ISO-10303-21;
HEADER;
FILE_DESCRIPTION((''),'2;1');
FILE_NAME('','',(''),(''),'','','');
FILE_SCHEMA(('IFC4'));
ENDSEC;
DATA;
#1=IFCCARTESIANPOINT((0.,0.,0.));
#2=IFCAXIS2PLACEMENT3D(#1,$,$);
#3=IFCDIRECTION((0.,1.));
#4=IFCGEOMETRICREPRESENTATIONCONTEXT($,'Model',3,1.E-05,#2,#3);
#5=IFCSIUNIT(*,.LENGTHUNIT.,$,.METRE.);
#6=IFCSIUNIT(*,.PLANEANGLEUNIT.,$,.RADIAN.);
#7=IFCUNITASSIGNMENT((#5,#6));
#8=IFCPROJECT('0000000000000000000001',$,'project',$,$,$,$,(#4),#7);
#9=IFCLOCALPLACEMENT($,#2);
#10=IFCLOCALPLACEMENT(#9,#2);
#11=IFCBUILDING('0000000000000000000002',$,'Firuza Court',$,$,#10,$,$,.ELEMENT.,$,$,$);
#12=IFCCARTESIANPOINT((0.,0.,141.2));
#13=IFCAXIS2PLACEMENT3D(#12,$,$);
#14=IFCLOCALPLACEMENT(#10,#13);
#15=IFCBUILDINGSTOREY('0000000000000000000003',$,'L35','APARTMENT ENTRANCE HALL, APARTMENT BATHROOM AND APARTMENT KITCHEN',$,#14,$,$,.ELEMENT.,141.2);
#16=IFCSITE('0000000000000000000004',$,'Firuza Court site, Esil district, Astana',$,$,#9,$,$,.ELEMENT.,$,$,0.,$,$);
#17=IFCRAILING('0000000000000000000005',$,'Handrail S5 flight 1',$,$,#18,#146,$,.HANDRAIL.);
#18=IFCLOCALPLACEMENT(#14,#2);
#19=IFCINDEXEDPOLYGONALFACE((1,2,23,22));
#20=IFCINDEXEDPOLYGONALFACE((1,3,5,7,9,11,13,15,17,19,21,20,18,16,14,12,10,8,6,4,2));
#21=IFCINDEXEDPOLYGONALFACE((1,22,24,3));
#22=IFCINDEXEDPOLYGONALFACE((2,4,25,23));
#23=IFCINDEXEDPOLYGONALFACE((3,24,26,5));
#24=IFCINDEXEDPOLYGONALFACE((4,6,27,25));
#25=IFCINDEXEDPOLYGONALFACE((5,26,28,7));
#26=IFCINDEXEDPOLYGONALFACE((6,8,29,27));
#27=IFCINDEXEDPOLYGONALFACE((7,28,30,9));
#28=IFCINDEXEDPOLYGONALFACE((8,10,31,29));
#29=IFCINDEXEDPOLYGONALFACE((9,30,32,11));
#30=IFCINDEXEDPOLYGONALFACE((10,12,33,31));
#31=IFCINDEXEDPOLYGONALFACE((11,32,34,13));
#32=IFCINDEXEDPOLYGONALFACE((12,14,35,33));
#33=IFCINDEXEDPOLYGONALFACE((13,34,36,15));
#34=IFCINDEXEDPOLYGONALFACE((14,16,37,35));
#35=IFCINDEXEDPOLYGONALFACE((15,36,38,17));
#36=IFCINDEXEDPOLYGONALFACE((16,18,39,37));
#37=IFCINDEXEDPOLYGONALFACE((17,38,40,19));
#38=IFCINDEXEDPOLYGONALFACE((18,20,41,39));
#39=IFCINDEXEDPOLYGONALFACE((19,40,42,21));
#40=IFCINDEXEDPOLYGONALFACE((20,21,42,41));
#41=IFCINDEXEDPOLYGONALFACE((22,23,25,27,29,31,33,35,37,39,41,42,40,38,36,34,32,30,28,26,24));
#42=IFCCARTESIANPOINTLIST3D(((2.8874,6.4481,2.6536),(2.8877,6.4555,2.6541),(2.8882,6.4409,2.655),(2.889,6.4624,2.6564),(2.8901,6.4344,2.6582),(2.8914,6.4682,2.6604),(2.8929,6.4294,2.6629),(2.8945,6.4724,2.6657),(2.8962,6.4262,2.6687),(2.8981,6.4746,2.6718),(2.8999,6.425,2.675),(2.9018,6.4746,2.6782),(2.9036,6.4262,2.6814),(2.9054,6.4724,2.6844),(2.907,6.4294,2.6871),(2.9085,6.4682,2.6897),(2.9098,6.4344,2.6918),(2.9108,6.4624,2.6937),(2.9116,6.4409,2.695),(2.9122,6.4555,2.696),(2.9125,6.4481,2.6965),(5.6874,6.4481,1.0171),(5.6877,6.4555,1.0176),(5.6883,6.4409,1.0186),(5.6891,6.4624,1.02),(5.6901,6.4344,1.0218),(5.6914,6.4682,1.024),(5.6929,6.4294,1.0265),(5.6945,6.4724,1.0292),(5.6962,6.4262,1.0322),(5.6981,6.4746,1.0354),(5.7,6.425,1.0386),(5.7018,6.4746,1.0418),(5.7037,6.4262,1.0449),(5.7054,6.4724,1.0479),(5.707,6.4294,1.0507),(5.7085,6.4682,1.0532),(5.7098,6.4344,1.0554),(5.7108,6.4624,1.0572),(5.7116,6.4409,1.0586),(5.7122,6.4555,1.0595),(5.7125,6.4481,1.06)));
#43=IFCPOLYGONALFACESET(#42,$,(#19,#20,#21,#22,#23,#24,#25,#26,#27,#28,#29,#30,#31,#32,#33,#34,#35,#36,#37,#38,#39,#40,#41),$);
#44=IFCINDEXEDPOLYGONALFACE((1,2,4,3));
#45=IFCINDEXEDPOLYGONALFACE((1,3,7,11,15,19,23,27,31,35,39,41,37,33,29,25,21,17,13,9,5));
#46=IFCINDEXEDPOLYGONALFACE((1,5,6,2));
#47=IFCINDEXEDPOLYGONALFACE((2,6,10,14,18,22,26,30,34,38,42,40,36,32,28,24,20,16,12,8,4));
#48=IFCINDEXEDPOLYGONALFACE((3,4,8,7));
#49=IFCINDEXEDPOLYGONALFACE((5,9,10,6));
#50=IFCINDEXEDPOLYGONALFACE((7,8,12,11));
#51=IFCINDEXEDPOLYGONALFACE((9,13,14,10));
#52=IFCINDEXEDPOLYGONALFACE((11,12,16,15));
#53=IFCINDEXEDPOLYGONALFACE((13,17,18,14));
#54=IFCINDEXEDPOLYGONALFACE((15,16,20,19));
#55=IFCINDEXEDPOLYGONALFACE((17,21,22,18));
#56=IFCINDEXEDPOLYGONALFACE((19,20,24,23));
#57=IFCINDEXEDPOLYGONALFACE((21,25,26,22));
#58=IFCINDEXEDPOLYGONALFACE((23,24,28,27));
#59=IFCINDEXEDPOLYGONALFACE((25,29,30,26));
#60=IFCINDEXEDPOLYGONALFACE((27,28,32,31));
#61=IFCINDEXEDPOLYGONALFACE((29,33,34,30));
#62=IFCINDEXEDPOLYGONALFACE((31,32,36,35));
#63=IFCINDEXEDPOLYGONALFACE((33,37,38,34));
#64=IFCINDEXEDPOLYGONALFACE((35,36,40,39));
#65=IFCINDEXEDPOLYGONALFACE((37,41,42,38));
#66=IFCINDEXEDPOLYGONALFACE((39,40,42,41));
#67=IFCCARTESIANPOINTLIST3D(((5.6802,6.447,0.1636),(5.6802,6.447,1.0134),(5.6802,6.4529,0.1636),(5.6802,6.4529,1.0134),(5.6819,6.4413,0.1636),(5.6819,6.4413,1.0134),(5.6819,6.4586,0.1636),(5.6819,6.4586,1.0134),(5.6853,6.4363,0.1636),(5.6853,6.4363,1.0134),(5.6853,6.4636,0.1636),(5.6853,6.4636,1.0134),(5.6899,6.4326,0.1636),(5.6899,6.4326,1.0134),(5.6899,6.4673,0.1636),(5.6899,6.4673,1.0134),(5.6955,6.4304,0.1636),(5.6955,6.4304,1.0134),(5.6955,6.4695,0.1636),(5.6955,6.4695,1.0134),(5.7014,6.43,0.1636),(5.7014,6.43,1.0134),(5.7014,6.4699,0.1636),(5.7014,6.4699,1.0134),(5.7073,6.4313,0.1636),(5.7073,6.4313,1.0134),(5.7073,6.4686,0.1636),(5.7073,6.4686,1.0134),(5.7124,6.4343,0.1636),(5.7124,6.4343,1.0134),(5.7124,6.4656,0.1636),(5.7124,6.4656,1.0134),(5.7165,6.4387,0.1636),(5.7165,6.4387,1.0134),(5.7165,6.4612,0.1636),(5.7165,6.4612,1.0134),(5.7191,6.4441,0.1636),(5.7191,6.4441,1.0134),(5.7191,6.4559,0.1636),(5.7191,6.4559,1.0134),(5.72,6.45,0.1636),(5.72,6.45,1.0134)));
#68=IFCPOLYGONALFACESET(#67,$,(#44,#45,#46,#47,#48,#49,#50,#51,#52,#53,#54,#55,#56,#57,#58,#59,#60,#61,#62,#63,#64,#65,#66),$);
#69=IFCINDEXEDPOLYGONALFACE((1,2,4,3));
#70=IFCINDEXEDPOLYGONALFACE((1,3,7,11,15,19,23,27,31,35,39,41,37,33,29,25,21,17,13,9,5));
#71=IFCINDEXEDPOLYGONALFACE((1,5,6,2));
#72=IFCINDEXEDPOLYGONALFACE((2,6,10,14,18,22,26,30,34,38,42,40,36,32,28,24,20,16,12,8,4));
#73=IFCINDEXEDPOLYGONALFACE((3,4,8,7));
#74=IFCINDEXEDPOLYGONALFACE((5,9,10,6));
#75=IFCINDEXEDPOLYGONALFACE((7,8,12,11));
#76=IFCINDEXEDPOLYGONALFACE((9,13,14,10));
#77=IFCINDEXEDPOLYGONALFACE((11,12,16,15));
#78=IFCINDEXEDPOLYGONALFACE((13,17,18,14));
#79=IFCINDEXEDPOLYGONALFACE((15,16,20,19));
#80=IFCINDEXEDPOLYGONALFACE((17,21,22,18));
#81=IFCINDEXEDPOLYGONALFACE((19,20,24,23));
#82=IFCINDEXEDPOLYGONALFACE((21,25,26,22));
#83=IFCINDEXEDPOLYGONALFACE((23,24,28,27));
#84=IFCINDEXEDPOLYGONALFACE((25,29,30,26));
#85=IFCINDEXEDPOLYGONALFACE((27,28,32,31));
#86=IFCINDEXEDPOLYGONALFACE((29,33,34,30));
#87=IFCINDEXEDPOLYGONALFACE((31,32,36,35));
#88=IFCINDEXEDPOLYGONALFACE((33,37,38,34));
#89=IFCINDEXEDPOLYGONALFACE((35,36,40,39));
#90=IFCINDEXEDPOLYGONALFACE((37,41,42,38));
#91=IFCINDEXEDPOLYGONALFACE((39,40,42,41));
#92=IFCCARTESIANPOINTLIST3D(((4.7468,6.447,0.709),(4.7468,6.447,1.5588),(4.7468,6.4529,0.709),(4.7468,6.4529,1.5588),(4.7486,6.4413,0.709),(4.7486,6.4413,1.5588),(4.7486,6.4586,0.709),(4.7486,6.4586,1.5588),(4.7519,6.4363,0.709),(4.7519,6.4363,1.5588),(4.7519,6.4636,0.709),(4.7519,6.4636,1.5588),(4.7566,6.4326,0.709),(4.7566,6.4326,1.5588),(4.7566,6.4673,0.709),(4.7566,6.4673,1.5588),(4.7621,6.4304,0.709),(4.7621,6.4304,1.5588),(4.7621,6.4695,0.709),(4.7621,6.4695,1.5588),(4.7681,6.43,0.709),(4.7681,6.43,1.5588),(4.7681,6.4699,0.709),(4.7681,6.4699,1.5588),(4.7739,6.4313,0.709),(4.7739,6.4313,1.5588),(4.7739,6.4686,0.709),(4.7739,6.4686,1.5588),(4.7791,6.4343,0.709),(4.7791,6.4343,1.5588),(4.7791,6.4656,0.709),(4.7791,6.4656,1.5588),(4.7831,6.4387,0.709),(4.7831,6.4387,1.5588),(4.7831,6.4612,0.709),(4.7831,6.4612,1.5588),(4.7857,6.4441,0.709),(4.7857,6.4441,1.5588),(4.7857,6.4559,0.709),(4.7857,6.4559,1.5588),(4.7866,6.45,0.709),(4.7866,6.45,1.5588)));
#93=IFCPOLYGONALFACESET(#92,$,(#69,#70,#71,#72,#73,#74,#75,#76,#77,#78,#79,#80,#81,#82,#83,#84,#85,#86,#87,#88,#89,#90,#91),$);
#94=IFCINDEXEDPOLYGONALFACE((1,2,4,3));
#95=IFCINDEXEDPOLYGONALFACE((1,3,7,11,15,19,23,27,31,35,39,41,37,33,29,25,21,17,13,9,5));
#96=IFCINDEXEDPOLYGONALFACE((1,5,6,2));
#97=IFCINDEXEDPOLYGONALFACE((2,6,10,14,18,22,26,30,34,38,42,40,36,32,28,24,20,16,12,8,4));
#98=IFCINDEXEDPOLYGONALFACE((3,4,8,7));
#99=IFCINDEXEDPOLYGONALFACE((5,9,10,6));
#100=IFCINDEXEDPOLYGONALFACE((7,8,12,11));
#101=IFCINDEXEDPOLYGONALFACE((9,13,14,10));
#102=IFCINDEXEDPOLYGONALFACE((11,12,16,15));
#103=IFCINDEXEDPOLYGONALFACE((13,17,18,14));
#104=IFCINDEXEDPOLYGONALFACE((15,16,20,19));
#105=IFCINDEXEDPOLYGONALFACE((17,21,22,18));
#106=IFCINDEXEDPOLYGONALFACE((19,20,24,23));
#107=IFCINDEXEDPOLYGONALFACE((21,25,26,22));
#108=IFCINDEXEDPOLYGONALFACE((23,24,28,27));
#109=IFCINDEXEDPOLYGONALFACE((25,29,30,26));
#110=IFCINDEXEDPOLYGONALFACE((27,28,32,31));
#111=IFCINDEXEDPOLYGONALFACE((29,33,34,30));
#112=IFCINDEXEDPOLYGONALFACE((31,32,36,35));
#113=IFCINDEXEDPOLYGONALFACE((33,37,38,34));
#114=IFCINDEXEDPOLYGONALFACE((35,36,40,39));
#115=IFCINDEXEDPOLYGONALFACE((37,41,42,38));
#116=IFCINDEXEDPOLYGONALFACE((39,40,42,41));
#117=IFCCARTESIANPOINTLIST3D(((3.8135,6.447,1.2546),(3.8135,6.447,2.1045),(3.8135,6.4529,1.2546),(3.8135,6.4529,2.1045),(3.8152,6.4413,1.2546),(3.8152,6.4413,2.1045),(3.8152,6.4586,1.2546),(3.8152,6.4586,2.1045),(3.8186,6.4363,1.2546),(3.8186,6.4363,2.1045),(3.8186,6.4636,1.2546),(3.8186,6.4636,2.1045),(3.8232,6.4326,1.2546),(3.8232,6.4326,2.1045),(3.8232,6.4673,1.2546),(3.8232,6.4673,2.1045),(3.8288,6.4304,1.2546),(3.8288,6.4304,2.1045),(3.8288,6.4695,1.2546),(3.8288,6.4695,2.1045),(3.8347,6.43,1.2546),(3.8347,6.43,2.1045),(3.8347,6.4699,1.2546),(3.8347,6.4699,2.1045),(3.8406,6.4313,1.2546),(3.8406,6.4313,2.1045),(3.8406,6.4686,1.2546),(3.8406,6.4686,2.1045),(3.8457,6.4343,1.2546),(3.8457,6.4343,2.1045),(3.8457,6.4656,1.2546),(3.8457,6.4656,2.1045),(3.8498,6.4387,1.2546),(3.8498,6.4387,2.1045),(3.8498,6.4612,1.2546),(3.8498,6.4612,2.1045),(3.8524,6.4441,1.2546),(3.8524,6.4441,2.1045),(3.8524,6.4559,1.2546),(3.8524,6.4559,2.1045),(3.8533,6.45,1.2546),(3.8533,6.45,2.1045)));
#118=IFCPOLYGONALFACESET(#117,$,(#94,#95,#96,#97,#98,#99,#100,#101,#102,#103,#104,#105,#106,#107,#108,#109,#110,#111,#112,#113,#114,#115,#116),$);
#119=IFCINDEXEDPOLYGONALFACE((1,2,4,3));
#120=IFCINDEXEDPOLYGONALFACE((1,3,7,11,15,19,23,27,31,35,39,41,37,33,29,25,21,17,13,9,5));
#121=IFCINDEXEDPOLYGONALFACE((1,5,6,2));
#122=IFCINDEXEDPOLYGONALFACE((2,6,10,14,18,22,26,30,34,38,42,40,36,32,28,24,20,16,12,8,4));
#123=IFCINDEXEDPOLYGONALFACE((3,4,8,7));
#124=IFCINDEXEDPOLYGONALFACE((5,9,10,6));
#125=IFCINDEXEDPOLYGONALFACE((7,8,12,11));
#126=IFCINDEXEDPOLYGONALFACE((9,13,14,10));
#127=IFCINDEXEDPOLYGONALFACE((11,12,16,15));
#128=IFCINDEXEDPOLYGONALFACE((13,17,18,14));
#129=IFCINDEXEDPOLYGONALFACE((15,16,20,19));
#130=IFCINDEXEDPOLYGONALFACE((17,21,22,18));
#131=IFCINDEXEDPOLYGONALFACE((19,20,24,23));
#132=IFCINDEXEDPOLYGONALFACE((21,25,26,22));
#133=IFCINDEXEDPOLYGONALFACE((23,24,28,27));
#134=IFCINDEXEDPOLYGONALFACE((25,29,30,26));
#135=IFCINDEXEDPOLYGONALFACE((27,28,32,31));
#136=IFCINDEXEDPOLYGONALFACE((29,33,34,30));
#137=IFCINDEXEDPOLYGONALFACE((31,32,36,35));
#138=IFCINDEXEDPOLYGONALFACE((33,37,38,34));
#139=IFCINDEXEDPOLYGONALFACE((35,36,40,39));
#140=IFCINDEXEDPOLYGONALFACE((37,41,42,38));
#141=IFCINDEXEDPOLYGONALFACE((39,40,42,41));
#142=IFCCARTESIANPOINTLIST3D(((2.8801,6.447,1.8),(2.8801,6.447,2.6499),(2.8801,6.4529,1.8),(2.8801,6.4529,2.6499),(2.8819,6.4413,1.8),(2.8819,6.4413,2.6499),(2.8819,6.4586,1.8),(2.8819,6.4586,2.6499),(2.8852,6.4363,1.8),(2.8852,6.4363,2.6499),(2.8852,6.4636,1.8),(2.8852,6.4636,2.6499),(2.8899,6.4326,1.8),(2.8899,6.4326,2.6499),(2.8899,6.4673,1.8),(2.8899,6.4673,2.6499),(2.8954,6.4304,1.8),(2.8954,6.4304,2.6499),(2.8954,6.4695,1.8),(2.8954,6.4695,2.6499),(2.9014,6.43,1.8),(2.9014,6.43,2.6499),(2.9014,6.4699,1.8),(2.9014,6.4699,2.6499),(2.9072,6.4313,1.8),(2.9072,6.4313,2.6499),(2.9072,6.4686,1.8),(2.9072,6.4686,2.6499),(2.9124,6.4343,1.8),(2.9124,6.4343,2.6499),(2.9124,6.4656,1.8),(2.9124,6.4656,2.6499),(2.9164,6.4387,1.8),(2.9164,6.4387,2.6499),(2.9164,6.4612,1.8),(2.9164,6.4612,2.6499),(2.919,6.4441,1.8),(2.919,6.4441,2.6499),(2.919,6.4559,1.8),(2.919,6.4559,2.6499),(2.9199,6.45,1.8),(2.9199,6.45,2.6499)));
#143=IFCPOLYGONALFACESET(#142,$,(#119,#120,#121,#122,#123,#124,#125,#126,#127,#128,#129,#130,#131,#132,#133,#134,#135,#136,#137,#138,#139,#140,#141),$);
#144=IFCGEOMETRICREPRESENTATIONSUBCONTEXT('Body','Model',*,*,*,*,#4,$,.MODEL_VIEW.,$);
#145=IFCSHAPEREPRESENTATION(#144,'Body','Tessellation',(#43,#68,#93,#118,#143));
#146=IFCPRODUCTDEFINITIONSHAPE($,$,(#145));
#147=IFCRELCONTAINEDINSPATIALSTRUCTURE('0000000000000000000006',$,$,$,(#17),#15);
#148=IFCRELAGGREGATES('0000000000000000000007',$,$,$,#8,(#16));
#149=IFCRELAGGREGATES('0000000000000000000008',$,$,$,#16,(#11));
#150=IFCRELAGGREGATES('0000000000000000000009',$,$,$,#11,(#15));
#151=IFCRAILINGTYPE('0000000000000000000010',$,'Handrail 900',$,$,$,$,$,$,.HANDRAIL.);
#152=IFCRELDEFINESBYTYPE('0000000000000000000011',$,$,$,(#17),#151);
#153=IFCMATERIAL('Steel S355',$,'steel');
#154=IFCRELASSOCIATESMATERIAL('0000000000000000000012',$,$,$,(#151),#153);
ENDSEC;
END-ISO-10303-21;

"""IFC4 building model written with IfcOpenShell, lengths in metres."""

from ifc_helpers import new_model, si_unit, direction, frame, origin, origin_2d, place, context, subcontext, project, spatial, circle, extrude, material, type_object, element, save


model = new_model("IFC4")

# Units and contexts
model_context = context("Model", 3, precision=1e-05, world=origin(), true_north=direction((0.0, 1.0)))
body_context = subcontext(model_context, "Body", "Model", "MODEL_VIEW")
ifc_project = project(units=[si_unit("LENGTHUNIT", "METRE"), si_unit("PLANEANGLEUNIT", "RADIAN")], contexts=[model_context])

# Site, building, storey
site_placement = place(None, origin())
site = spatial("IfcSite", under=ifc_project, at=site_placement, Name="Firuza Court site, Esil district, Astana", CompositionType="ELEMENT", RefElevation=0.0)
building_placement = place(site_placement, origin())
building = spatial("IfcBuilding", under=site, at=building_placement, Name="Firuza Court", CompositionType="ELEMENT")
storey_placement = place(building_placement, frame((0.0, 0.0, 141.2)))
storey = spatial("IfcBuildingStorey", under=building, at=storey_placement, Name="L35", Description="APARTMENT ENTRANCE HALL, APARTMENT BATHROOM AND APARTMENT KITCHEN", CompositionType="ELEMENT", Elevation=141.2)

# Railing
ifc_material_1 = material(Name="Steel S355", Category="steel")
railing_type_1 = type_object("IfcRailingType", Name="Handrail 900", PredefinedType="HANDRAIL", material=ifc_material_1)
railing_1_placement = place(storey_placement, frame((5.7, 6.45, 0.1636)))
element("IfcRailing", 1, at=railing_1_placement, inside=storey, type_object=railing_type_1, Name="Handrail S5 flight 1", PredefinedType="HANDRAIL", context=body_context, shape_type="SweptSolid", body=[
    extrude(circle(Radius=0.0249, at=origin_2d()), frame((0.0, 0.0, 0.875), z_axis=(-0.863361, 0.0, 0.504587), x_axis=(0.0, -1.0, 0.0)), (0.0, 0.0, 1.0), 3.2432),
    extrude(circle(Radius=0.02, at=origin_2d()), origin(), (0.0, 0.0, 1.0), 0.8499),
    extrude(circle(Radius=0.02, at=origin_2d()), frame((-0.9333, 0.0, 0.5454)), (0.0, 0.0, 1.0), 0.8499),
    extrude(circle(Radius=0.02, at=origin_2d()), frame((-1.8667, 0.0, 1.0911)), (0.0, 0.0, 1.0), 0.8499),
    extrude(circle(Radius=0.02, at=origin_2d()), frame((-2.8, 0.0, 1.6365)), (0.0, 0.0, 1.0), 0.8499),
])

save(model, "model.ifc")
